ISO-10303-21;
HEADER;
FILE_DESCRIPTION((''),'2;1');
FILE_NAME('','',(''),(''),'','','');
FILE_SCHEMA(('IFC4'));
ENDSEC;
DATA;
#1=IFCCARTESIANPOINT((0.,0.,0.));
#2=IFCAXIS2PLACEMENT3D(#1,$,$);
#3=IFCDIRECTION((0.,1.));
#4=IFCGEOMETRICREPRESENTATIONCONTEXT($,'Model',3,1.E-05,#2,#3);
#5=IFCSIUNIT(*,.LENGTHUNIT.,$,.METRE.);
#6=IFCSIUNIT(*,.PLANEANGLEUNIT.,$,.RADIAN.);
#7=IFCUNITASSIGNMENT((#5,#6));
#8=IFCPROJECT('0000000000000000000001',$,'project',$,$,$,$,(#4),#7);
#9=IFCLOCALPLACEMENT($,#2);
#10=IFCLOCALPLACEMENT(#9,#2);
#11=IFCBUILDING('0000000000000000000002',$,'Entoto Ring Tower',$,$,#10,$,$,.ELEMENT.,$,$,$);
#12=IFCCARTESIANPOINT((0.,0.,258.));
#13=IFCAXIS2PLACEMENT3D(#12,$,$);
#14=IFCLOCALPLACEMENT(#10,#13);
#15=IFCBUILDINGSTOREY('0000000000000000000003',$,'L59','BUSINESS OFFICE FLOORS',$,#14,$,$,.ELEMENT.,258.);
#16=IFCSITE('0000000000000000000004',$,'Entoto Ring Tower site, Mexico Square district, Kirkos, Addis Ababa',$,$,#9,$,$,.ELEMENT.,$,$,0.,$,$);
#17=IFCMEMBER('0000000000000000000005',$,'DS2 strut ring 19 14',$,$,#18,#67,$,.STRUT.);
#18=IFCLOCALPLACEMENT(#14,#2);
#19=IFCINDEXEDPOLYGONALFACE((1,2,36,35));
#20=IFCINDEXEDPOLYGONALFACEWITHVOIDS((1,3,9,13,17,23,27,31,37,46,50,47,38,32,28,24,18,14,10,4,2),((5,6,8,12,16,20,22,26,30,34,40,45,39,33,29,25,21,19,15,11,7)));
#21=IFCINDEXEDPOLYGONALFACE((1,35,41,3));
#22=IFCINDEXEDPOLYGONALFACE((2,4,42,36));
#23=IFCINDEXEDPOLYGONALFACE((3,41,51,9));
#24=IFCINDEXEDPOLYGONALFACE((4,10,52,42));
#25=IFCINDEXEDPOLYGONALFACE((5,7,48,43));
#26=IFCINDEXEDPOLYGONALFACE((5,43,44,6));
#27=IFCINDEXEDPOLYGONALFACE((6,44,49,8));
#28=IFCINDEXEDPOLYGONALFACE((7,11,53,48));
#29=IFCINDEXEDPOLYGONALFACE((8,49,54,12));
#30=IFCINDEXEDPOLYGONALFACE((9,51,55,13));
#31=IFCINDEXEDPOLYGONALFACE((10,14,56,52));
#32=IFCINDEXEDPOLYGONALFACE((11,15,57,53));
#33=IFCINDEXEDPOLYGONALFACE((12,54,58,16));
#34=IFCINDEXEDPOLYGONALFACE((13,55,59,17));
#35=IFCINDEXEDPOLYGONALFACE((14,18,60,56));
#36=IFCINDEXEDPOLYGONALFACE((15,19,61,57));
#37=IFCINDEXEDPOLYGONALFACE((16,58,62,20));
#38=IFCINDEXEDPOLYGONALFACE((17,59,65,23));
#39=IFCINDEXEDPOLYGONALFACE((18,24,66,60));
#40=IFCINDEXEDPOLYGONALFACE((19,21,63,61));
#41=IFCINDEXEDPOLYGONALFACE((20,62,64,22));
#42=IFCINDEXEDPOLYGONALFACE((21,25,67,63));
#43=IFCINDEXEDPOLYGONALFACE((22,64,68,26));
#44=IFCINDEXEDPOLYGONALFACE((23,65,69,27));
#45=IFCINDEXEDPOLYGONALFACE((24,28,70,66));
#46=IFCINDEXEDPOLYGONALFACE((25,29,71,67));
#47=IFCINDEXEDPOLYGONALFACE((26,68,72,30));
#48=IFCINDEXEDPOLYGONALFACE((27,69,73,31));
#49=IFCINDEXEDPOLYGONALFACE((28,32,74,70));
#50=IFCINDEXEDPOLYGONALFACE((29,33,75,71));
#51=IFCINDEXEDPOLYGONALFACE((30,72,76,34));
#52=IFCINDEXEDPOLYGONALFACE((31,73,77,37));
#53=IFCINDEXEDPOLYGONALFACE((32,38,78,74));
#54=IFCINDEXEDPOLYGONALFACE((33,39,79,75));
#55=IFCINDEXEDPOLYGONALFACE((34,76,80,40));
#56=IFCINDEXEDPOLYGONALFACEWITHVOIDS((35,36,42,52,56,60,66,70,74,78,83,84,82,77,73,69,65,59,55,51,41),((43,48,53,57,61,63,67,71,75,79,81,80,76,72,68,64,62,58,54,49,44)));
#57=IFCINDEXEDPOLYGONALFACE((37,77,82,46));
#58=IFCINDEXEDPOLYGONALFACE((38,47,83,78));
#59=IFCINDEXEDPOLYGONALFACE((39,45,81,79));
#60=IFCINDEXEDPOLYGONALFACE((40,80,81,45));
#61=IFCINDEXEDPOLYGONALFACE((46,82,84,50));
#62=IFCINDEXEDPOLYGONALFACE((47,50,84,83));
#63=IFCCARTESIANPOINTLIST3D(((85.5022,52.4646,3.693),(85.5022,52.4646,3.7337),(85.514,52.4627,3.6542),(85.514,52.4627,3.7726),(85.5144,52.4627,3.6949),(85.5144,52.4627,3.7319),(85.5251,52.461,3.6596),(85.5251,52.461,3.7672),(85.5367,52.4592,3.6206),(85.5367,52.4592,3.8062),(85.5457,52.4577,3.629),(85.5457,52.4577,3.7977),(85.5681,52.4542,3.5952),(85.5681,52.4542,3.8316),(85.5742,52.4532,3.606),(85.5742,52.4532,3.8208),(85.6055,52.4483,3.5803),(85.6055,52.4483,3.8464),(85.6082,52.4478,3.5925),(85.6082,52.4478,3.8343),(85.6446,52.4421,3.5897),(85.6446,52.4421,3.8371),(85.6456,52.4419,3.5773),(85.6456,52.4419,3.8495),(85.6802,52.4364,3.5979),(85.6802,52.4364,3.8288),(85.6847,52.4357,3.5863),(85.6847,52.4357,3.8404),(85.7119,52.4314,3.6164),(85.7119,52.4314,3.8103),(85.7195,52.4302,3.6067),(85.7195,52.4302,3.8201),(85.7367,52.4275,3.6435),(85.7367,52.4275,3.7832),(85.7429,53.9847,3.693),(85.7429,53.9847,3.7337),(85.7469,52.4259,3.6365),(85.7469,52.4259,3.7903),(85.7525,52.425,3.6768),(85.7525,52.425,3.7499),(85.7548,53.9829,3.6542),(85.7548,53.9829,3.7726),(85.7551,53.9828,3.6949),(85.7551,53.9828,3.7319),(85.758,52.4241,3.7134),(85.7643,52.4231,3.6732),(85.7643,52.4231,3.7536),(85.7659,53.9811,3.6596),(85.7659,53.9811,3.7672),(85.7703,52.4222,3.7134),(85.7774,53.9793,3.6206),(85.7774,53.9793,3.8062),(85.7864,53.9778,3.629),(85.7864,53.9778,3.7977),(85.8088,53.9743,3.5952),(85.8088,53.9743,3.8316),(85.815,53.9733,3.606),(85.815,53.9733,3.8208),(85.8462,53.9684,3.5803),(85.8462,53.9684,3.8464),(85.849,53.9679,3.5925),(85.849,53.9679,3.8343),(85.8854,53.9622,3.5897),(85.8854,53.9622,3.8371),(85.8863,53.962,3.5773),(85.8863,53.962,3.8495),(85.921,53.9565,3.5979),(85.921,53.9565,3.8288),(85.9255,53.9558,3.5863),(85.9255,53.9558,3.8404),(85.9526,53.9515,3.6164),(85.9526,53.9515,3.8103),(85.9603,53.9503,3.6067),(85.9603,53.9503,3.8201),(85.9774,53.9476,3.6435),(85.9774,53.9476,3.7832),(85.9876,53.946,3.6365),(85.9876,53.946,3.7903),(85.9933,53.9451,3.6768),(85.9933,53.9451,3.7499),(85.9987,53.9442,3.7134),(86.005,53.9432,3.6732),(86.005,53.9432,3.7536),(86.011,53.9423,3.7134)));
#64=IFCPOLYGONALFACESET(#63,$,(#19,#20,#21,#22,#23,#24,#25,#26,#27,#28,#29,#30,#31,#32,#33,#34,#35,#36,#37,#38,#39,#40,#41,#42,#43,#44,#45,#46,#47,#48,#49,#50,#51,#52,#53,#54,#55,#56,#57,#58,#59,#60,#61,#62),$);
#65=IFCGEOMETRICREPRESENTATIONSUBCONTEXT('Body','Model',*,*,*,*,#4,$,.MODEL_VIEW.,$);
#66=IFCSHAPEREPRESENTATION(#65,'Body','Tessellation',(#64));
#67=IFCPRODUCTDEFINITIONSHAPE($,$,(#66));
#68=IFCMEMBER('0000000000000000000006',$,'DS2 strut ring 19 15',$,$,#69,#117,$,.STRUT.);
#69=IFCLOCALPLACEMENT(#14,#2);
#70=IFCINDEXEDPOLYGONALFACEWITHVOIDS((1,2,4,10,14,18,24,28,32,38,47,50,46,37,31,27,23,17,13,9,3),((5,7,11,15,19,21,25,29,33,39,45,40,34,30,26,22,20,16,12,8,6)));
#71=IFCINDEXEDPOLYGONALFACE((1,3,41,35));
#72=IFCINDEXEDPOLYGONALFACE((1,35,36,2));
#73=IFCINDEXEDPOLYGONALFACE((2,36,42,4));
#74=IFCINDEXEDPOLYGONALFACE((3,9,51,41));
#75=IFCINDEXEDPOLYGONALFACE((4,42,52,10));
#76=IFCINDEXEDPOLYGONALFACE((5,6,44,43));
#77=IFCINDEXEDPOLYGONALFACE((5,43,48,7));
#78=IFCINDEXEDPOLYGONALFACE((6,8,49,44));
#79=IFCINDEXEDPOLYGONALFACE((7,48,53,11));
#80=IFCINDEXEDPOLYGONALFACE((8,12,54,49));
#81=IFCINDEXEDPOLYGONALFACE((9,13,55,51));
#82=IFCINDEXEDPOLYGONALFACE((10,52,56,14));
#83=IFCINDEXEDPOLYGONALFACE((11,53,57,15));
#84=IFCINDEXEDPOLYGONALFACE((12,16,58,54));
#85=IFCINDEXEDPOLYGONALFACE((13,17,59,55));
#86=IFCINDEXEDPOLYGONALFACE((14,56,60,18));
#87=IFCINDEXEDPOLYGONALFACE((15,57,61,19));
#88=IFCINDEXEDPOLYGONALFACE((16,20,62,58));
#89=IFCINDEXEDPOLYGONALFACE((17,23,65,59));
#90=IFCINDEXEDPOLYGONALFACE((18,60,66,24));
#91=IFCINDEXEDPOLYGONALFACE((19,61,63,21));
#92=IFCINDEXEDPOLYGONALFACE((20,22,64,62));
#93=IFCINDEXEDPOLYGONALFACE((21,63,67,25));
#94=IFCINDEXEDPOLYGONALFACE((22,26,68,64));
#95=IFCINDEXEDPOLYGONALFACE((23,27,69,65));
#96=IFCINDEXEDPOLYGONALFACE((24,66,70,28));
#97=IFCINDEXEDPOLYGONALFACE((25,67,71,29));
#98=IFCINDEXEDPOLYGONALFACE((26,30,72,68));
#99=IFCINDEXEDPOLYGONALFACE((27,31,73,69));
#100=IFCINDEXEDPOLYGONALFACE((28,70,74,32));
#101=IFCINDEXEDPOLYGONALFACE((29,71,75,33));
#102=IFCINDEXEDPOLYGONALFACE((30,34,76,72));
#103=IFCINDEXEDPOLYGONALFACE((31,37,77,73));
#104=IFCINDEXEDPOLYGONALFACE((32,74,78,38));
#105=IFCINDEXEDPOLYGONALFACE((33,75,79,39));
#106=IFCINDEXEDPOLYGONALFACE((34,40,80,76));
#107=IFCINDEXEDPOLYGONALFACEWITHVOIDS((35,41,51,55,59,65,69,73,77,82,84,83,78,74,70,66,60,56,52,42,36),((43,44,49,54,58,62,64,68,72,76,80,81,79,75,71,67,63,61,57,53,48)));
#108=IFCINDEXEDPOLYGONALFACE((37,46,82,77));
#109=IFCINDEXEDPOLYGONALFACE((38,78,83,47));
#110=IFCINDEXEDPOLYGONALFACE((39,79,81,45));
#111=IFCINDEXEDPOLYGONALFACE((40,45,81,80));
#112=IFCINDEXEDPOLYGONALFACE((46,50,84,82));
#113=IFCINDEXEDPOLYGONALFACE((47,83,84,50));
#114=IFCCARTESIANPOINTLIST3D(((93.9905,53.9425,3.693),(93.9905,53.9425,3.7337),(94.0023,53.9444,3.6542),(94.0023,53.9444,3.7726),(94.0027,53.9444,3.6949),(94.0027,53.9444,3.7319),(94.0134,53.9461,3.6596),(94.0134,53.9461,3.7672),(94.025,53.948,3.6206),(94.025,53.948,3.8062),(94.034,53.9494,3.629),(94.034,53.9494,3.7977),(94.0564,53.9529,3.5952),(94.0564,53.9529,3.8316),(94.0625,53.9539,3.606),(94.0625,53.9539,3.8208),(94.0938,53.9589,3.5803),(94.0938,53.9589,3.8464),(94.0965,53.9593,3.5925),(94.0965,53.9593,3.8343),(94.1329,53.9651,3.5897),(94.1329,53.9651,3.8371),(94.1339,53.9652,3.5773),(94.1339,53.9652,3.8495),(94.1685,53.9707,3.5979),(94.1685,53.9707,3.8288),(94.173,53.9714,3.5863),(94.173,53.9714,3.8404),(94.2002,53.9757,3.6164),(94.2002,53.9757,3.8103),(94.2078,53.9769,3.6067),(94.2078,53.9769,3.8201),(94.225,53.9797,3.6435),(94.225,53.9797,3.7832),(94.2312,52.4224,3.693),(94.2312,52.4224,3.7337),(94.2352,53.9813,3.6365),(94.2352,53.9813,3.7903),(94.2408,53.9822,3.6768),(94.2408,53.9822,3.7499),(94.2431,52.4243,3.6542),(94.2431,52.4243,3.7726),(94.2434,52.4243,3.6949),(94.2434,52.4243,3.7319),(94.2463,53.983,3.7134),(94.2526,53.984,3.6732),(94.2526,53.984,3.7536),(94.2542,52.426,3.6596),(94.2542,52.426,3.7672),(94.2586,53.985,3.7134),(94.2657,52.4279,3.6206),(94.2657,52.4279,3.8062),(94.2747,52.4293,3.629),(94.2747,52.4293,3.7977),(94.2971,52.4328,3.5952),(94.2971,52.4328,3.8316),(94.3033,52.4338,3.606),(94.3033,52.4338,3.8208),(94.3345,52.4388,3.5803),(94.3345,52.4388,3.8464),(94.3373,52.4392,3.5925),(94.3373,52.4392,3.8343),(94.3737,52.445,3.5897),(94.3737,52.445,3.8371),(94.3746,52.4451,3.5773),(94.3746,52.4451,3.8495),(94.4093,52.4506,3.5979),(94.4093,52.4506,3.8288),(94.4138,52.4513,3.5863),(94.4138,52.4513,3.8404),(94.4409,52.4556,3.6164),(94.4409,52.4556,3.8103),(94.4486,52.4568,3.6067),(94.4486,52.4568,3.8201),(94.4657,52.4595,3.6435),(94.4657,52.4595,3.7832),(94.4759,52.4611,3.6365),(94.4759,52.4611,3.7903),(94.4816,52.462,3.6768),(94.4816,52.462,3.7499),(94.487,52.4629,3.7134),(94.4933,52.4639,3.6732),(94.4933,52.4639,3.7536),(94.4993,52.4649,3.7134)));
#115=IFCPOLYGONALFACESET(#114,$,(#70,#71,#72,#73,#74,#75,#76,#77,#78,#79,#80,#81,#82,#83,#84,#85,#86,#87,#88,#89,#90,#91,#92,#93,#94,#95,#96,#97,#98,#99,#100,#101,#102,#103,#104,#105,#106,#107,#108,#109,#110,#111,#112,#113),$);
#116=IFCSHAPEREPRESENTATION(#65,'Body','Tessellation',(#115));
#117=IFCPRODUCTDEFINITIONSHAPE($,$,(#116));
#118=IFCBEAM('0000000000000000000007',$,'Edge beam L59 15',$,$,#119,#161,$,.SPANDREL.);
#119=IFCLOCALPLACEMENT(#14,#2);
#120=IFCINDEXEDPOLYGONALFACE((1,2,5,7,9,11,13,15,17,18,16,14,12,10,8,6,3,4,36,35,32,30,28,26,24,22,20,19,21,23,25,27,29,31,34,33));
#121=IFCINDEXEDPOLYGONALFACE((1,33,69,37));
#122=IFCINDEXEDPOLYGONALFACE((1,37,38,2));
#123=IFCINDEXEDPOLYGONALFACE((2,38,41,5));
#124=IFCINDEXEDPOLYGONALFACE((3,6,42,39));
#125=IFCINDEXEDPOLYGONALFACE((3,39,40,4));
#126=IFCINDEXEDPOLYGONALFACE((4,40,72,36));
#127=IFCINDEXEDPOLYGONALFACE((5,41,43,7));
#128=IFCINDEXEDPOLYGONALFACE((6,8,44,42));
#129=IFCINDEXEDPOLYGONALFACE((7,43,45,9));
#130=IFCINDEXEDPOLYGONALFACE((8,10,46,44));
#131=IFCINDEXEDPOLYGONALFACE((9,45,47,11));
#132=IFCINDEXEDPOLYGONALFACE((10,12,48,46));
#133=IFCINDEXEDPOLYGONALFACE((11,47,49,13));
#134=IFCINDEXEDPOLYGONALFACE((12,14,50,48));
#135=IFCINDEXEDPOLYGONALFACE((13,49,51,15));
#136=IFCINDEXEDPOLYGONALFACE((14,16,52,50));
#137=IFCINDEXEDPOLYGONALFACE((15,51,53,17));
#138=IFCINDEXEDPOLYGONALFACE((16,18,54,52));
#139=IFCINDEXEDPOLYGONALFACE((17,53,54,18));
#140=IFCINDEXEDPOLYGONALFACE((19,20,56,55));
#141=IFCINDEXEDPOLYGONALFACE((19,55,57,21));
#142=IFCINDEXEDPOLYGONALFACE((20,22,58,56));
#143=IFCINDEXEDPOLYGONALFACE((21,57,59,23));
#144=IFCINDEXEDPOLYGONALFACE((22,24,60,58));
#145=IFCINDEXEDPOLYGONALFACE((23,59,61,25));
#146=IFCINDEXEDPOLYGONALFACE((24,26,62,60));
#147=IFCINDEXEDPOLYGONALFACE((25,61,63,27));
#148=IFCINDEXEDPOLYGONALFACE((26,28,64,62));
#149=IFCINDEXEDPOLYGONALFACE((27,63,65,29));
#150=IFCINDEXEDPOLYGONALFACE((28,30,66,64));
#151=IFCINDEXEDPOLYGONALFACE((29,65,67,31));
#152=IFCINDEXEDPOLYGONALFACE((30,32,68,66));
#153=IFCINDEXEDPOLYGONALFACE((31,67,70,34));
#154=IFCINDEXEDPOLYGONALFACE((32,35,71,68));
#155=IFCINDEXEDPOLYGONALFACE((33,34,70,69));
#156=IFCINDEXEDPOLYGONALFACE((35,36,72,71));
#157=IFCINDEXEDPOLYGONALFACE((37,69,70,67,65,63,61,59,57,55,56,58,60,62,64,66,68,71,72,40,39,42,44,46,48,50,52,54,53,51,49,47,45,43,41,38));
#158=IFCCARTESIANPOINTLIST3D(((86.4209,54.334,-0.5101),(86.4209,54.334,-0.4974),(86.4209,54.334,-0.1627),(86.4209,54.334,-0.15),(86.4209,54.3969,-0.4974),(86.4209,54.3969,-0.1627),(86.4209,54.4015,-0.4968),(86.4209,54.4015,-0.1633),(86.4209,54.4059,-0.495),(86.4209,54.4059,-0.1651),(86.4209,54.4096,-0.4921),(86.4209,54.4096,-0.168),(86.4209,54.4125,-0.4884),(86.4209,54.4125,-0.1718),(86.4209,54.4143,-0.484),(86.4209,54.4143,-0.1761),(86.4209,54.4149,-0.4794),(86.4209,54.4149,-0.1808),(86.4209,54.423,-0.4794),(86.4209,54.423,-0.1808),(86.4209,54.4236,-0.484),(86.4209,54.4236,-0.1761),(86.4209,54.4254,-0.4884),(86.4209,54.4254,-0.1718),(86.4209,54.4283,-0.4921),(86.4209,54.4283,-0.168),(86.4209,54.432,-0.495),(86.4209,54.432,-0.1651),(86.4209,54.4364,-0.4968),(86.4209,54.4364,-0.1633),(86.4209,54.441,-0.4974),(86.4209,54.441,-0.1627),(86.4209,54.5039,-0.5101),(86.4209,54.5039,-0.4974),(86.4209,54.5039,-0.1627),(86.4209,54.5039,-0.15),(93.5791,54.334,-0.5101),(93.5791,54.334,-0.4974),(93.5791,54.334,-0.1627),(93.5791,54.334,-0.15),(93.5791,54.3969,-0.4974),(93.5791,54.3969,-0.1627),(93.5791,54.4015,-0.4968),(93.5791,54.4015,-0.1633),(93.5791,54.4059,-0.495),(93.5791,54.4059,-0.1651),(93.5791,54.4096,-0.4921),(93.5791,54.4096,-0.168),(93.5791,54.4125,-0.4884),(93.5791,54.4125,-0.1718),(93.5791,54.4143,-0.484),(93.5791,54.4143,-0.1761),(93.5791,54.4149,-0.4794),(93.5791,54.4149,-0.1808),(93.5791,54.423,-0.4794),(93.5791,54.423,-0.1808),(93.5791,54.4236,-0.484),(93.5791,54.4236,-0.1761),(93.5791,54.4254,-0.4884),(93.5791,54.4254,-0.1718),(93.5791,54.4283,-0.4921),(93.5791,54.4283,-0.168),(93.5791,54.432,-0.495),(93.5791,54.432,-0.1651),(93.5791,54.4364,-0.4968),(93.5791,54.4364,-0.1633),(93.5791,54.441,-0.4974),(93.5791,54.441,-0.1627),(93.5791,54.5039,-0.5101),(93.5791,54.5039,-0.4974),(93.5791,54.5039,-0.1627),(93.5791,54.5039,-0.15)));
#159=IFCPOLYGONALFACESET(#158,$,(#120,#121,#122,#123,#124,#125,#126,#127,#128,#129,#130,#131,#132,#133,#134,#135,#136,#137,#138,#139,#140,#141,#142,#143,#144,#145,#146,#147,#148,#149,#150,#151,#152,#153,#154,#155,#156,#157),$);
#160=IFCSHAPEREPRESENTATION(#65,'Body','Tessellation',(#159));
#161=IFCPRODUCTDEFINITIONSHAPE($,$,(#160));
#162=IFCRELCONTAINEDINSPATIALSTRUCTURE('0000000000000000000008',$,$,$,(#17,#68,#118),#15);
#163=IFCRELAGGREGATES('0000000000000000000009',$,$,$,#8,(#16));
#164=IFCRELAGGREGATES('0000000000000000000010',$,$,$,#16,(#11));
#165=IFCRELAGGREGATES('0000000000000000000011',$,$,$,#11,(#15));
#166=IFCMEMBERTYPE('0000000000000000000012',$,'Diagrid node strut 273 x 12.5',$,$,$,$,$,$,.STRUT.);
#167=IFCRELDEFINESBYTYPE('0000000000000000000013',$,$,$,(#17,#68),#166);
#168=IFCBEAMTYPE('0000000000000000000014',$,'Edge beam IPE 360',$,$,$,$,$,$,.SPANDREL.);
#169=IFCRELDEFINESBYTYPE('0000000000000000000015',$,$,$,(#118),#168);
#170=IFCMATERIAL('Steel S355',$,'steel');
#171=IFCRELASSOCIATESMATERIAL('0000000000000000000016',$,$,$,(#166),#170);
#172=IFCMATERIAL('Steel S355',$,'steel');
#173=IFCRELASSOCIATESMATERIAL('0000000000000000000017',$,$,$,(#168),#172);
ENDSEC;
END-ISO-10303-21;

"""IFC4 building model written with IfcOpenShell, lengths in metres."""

from ifc_helpers import new_model, si_unit, direction, frame, origin, origin_2d, place, context, subcontext, project, spatial, circle, hollow_circle, i_section, extrude, material, material_profile, profile_set, type_object, element, save


model = new_model("IFC4")

# Units and contexts
model_context = context("Model", 3, precision=1e-05, world=origin(), true_north=direction((0.0, 1.0)))
body_context = subcontext(model_context, "Body", "Model", "MODEL_VIEW")
ifc_project = project(units=[si_unit("LENGTHUNIT", "METRE"), si_unit("PLANEANGLEUNIT", "RADIAN")], contexts=[model_context])

# Site, building, storey
site_placement = place(None, origin())
site = spatial("IfcSite", under=ifc_project, at=site_placement, Name="Entoto Ring Tower site, Mexico Square district, Kirkos, Addis Ababa", CompositionType="ELEMENT", RefElevation=0.0)
building_placement = place(site_placement, origin())
building = spatial("IfcBuilding", under=site, at=building_placement, Name="Entoto Ring Tower", CompositionType="ELEMENT")
storey_placement = place(building_placement, frame((0.0, 0.0, 258.0)))
storey = spatial("IfcBuildingStorey", under=building, at=storey_placement, Name="L59", Description="BUSINESS OFFICE FLOORS", CompositionType="ELEMENT", Elevation=258.0)

# Members
ifc_material_1 = material(Name="Steel S355", Category="steel")
ifc_material_profile_1 = material_profile(ifc_material_1, hollow_circle(Radius=0.1365, WallThickness=0.0125, at=origin_2d()), Name="CHS 273 x 12.5")
ifc_material_2 = material(Name="Concrete C60/75", Category="concrete")
ifc_material_profile_2 = material_profile(ifc_material_2, circle(Radius=0.124, at=origin_2d()), Name="Concrete C60/75 infill")
ifc_profile_set_1 = profile_set([ifc_material_profile_1, ifc_material_profile_2], Name="Steel S355")
member_type = type_object("IfcMemberType", Name="Diagrid node strut 273 x 12.5", PredefinedType="STRUT", material=ifc_profile_set_1)
for number, where, z_axis, x_axis, name in (
    (1, (85.8762, 53.9636, 3.7134), (-0.156419, -0.987691, 0.0), (0.987691, -0.156419, 0.0), "DS2 strut ring 19 14"),
    (2, (94.1238, 53.9636, 3.7134), (0.156419, -0.987691, 0.0), (0.987691, 0.156419, 0.0), "DS2 strut ring 19 15"),
):
    element("IfcMember", number, at=place(storey_placement, frame(where, z_axis=z_axis, x_axis=x_axis)), inside=storey, type_object=member_type, Name=name, PredefinedType="STRUT", context=body_context, shape_type="SweptSolid", body=[
        extrude(hollow_circle(Radius=0.1365, WallThickness=0.0125, at=origin_2d()), origin(), (0.0, 0.0, 1.0), 1.5391),
    ])

# Beam
ifc_material_3 = material(Name="Steel S355", Category="steel")
ifc_material_profile_3 = material_profile(ifc_material_3, i_section(OverallWidth=0.1699, OverallDepth=0.3601, WebThickness=0.0081, FlangeThickness=0.0127, FilletRadius=0.0181, at=origin_2d()), Name="IPE 360")
ifc_profile_set_2 = profile_set([ifc_material_profile_3], Name="Steel S355")
beam_type_1 = type_object("IfcBeamType", Name="Edge beam IPE 360", PredefinedType="SPANDREL", material=ifc_profile_set_2)
beam_1_placement = place(storey_placement, frame((86.4209, 54.4189, -0.3301), z_axis=(1.0, 0.0, 0.0), x_axis=(0.0, 1.0, 0.0)))
element("IfcBeam", 3, at=beam_1_placement, inside=storey, type_object=beam_type_1, Name="Edge beam L59 15", PredefinedType="SPANDREL", context=body_context, shape_type="SweptSolid", body=[
    extrude(i_section(OverallWidth=0.1699, OverallDepth=0.3601, WebThickness=0.0081, FlangeThickness=0.0127, FilletRadius=0.0181, at=origin_2d()), origin(), (0.0, 0.0, 1.0), 7.1582),
])

save(model, "model.ifc")
